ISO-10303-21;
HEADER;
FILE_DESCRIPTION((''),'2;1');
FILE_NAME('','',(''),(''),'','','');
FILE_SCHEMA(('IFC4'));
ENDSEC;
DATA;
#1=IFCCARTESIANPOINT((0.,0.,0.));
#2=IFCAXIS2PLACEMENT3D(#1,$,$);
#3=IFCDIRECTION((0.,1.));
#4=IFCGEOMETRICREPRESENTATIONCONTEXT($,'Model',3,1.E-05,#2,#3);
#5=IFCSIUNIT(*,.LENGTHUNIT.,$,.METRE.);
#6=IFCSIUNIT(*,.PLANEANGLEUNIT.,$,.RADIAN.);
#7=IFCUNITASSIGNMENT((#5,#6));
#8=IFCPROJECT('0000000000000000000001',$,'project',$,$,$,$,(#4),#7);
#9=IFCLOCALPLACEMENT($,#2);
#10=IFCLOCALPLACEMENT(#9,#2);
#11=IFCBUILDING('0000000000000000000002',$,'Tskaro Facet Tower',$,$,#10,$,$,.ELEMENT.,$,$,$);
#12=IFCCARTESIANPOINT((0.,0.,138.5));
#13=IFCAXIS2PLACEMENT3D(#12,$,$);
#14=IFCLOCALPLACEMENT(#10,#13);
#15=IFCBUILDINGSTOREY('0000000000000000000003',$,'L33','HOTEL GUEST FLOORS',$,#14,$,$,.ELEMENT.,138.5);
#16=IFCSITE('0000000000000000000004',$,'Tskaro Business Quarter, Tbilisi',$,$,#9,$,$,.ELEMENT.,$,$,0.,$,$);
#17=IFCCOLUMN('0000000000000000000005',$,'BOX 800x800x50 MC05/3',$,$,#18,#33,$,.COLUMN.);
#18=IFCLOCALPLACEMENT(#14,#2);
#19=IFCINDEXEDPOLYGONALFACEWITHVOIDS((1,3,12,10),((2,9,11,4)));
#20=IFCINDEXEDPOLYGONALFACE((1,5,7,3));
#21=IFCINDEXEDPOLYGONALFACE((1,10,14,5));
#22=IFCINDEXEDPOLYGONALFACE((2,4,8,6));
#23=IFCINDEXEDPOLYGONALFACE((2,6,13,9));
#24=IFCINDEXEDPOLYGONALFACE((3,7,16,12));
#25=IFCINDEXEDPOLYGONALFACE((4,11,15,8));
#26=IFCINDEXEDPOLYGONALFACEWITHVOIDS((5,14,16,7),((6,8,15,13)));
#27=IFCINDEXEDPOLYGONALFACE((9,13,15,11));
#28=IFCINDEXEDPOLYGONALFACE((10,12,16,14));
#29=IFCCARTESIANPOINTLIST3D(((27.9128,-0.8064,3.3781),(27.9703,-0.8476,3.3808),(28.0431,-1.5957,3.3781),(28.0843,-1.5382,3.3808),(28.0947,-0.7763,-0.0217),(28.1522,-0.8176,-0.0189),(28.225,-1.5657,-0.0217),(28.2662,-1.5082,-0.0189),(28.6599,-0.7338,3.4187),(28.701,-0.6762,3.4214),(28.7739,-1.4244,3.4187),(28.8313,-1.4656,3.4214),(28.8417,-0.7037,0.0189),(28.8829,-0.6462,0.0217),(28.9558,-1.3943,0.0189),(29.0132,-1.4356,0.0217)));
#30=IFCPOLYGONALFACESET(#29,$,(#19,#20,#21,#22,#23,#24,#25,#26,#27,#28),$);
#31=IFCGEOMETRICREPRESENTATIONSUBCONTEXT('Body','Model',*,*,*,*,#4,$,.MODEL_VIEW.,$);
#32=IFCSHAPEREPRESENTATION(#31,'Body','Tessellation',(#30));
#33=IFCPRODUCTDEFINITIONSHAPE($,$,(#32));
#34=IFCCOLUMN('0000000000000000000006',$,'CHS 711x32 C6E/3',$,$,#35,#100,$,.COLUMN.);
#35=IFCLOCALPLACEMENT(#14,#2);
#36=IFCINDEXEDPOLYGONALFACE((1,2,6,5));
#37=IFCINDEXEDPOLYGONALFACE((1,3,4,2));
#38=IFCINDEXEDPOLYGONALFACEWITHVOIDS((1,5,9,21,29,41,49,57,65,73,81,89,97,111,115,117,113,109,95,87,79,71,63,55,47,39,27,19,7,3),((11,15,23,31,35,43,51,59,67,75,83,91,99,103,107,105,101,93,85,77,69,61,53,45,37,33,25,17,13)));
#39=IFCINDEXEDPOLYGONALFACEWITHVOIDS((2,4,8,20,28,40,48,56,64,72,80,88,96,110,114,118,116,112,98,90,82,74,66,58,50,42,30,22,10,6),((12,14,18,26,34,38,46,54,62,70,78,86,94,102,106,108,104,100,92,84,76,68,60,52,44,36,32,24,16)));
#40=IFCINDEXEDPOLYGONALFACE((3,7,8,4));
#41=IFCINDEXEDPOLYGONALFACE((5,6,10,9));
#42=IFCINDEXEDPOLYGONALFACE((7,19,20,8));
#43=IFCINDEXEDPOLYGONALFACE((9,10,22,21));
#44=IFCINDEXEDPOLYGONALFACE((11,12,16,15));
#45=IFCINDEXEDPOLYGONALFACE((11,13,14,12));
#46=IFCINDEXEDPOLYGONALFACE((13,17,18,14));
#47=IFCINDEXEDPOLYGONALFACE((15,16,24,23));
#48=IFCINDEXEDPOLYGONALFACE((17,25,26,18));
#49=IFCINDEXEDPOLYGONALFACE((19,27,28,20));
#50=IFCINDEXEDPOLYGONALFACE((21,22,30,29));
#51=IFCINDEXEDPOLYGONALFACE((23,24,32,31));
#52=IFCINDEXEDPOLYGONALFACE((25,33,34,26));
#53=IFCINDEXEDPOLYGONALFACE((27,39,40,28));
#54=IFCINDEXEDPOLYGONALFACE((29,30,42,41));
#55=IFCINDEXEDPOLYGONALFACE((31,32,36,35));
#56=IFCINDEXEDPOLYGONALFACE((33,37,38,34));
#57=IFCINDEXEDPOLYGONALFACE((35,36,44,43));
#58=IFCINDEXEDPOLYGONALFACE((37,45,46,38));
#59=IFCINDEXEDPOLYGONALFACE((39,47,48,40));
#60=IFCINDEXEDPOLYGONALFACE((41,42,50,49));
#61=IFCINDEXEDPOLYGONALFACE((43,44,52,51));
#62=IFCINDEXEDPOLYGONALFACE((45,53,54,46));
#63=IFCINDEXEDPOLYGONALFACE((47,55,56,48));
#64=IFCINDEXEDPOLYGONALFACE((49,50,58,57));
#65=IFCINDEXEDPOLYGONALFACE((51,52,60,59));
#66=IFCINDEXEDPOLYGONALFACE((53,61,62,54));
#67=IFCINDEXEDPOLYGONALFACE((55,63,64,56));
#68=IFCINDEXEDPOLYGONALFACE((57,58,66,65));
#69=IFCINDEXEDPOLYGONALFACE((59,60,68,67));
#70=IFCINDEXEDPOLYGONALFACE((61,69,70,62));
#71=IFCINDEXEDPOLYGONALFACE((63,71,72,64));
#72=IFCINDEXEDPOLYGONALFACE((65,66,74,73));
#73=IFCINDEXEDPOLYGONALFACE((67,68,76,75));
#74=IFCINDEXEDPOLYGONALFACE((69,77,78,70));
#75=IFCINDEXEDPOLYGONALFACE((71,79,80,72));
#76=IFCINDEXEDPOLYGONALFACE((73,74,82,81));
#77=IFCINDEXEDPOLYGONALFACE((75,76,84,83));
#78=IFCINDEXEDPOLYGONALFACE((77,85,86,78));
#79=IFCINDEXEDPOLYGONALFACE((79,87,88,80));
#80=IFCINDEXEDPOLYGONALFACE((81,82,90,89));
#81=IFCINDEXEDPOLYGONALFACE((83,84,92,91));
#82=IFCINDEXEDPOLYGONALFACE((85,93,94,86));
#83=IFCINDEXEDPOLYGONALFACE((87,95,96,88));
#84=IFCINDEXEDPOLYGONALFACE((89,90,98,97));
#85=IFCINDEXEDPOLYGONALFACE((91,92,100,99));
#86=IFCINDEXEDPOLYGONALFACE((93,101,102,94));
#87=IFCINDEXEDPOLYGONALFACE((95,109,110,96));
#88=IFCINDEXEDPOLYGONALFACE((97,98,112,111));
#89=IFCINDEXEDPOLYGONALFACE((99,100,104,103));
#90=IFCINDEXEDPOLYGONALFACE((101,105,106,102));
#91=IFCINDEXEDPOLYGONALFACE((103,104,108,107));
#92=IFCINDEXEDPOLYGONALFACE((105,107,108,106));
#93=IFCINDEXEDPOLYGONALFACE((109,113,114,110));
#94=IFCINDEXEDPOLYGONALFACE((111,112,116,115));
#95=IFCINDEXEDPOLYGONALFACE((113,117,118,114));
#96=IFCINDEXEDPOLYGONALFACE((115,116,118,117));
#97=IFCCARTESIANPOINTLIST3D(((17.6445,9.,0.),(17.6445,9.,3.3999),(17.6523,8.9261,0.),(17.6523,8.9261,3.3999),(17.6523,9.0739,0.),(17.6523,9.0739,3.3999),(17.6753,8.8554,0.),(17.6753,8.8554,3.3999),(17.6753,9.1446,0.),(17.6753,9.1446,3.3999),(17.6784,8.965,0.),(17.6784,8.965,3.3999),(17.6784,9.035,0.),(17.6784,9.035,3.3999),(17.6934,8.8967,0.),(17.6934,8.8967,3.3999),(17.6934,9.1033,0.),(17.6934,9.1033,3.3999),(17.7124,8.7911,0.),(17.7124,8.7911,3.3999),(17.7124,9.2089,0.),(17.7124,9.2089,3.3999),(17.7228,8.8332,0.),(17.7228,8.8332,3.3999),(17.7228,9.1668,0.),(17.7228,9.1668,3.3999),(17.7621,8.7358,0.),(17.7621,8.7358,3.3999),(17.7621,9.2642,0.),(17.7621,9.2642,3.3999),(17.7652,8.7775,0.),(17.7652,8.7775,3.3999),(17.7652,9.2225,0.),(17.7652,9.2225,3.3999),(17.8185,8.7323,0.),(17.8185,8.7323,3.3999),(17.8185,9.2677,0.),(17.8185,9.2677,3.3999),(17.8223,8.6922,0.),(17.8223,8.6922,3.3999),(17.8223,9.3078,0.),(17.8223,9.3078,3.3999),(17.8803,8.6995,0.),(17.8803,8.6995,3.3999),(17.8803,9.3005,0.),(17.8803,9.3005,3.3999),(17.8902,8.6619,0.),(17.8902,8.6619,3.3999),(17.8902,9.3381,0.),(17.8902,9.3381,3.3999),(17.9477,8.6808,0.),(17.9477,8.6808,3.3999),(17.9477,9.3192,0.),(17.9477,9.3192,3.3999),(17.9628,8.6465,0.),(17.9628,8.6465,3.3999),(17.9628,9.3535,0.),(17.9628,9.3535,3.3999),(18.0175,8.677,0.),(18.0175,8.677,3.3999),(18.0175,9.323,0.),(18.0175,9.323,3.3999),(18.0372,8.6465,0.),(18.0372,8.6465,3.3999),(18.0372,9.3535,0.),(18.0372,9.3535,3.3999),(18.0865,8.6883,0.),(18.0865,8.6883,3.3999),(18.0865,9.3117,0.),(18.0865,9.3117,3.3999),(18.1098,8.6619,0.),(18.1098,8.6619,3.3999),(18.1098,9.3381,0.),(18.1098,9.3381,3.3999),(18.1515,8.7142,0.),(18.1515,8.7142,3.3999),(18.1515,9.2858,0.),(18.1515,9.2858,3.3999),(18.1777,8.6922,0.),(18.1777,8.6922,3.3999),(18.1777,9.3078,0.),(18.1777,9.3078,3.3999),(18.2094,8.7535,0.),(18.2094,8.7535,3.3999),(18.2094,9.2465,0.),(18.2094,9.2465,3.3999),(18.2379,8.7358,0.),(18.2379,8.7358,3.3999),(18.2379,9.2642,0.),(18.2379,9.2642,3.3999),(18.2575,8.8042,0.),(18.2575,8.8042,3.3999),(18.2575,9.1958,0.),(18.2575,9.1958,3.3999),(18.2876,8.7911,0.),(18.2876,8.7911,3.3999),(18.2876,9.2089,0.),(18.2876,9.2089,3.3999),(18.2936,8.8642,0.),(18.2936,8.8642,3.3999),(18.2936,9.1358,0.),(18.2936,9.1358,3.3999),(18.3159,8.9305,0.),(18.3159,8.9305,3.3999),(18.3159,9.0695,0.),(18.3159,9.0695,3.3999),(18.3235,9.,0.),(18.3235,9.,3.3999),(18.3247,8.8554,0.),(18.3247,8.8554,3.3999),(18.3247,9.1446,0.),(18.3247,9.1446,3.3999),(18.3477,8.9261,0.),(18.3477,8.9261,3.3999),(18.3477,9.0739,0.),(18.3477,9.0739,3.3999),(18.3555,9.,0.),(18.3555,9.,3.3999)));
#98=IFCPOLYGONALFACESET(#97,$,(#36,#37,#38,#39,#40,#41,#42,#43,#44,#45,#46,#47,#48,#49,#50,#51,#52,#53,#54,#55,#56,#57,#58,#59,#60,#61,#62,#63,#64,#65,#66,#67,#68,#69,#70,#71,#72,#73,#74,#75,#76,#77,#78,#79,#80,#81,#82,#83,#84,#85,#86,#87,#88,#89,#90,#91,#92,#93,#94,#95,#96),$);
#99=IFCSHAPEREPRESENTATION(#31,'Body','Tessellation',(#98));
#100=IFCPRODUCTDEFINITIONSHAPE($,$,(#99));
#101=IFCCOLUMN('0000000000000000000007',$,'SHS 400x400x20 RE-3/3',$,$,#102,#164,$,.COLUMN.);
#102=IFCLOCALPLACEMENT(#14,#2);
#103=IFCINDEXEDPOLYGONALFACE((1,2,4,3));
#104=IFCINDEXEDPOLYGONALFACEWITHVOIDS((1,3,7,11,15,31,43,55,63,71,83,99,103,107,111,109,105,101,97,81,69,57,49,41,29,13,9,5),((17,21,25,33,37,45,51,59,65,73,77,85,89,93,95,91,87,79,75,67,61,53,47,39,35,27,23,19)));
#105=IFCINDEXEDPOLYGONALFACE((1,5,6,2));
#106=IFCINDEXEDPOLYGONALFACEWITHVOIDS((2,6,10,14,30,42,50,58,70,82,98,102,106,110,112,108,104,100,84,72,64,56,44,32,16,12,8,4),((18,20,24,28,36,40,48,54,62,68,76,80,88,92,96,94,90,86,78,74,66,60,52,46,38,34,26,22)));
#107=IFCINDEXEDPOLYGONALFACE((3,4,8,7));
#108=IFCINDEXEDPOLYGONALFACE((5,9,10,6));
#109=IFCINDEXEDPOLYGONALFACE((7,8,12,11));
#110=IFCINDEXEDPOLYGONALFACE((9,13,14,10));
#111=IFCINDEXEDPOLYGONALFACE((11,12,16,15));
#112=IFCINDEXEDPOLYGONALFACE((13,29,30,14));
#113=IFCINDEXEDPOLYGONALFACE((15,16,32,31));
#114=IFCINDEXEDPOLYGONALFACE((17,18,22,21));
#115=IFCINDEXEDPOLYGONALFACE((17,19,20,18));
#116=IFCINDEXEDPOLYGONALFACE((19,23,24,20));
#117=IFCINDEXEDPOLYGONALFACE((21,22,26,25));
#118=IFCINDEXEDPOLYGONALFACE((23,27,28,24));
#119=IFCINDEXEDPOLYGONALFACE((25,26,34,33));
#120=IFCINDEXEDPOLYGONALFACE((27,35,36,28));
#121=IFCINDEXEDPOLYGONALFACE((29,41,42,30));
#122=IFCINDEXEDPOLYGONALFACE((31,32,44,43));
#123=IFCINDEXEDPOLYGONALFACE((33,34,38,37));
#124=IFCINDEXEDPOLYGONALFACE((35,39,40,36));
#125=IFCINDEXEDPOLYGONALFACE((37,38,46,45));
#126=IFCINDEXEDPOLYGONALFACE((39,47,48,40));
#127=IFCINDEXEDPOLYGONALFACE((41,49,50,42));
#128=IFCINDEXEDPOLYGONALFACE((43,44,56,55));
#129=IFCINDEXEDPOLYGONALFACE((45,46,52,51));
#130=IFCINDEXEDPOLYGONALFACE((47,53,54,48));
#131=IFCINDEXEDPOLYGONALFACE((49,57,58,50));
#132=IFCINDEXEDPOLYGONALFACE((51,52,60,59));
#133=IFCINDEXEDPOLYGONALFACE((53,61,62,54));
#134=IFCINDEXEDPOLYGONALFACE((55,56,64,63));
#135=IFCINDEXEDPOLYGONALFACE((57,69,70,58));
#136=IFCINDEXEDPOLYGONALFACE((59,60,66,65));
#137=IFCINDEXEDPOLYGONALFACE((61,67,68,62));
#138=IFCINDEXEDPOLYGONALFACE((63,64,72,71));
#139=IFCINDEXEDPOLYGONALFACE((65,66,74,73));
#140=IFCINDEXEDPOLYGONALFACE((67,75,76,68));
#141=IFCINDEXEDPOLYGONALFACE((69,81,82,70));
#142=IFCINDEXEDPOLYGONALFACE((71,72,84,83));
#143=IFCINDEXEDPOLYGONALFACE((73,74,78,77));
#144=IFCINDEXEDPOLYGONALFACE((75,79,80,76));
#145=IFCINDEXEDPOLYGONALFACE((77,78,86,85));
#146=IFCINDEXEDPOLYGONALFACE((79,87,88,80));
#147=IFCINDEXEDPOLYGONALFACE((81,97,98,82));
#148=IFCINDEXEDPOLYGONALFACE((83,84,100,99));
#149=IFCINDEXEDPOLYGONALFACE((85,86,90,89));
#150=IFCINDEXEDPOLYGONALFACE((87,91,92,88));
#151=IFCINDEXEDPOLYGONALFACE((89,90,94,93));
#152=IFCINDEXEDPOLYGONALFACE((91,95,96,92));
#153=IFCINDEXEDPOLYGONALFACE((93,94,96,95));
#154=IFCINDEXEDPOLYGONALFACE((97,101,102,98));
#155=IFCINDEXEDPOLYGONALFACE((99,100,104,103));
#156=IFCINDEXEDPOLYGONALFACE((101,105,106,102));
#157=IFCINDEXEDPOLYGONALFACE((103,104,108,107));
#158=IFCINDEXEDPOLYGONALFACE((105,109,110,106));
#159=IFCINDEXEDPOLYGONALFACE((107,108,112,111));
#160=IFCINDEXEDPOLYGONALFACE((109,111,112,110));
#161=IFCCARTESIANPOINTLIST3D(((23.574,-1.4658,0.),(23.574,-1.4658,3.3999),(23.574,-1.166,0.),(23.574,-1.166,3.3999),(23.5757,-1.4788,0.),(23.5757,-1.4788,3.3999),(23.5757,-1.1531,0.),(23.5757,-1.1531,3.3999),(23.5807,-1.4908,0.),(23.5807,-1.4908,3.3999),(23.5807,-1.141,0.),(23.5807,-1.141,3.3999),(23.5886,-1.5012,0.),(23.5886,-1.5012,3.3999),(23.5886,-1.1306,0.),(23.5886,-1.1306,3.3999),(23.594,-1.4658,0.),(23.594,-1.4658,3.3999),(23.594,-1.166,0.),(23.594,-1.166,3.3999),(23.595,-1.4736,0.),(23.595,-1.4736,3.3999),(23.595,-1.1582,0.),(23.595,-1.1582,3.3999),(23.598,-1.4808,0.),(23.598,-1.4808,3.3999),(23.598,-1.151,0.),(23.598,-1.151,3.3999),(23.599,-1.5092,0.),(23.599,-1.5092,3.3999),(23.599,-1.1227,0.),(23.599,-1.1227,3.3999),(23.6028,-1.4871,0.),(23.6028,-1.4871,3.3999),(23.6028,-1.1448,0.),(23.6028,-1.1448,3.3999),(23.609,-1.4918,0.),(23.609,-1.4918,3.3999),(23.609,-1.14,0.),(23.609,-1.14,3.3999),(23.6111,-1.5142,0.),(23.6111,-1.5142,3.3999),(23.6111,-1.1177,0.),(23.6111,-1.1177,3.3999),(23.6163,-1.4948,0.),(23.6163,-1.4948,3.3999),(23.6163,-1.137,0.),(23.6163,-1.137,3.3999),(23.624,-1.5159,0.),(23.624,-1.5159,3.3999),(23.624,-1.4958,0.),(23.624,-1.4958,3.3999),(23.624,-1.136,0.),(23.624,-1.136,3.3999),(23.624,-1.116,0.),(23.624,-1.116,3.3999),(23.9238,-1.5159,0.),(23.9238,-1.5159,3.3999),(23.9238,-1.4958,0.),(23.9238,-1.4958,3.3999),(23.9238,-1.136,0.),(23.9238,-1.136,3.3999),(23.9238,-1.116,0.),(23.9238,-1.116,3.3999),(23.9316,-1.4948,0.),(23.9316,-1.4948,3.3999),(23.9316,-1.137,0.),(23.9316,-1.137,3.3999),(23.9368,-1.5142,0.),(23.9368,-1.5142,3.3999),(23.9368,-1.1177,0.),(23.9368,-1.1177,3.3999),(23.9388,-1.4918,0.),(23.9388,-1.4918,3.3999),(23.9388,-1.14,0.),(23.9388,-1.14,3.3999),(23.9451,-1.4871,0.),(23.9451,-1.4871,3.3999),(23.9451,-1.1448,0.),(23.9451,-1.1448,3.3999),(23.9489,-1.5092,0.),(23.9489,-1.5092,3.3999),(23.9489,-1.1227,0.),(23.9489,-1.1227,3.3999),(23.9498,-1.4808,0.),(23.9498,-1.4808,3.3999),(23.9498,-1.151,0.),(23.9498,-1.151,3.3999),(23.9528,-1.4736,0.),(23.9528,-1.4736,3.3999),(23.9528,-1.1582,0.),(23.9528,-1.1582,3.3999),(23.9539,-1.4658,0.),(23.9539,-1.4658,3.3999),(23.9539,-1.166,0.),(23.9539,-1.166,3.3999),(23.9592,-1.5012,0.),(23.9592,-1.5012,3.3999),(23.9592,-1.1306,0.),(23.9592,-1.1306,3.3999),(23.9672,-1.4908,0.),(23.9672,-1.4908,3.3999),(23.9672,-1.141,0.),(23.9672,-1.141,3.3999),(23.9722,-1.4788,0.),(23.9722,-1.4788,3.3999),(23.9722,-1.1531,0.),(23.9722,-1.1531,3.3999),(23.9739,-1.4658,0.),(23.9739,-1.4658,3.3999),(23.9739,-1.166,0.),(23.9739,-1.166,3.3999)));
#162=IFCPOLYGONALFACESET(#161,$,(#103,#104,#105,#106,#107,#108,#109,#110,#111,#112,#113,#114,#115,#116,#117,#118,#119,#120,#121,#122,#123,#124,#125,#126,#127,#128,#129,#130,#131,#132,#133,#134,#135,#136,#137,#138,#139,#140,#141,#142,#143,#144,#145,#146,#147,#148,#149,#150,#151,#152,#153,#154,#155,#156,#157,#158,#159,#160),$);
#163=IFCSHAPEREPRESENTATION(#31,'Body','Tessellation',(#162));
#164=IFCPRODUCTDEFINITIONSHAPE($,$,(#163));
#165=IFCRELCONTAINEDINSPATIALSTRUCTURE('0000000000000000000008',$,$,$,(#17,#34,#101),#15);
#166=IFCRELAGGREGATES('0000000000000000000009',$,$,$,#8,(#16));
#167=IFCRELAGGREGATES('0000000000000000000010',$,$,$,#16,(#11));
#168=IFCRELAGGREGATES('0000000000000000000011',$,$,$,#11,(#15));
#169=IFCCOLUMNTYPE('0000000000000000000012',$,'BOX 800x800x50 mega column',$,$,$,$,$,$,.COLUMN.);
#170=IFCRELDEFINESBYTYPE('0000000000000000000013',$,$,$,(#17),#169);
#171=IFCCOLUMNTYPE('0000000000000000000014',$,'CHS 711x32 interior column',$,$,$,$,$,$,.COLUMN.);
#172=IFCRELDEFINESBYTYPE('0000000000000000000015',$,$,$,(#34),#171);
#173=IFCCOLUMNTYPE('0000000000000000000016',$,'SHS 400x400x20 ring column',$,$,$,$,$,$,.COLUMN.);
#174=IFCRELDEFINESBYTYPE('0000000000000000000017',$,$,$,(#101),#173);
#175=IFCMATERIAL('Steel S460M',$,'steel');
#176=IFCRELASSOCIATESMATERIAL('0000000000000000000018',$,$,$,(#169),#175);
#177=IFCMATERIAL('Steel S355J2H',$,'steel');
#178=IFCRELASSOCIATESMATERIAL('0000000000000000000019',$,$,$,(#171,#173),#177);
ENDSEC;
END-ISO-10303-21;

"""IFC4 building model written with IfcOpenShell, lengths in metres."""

from ifc_helpers import new_model, si_unit, direction, frame, origin, origin_2d, place, context, subcontext, project, spatial, hollow_rectangle, hollow_circle, extrude, material, material_profile, profile_set, type_object, element, save


model = new_model("IFC4")

# Units and contexts
model_context = context("Model", 3, precision=1e-05, world=origin(), true_north=direction((0.0, 1.0)))
body_context = subcontext(model_context, "Body", "Model", "MODEL_VIEW")
ifc_project = project(units=[si_unit("LENGTHUNIT", "METRE"), si_unit("PLANEANGLEUNIT", "RADIAN")], contexts=[model_context])

# Site, building, storey
site_placement = place(None, origin())
site = spatial("IfcSite", under=ifc_project, at=site_placement, Name="Tskaro Business Quarter, Tbilisi", CompositionType="ELEMENT", RefElevation=0.0)
building_placement = place(site_placement, origin())
building = spatial("IfcBuilding", under=site, at=building_placement, Name="Tskaro Facet Tower", CompositionType="ELEMENT")
storey_placement = place(building_placement, frame((0.0, 0.0, 138.5)))
storey = spatial("IfcBuildingStorey", under=building, at=storey_placement, Name="L33", Description="HOTEL GUEST FLOORS", CompositionType="ELEMENT", Elevation=138.5)

# Columns
ifc_material_1 = material(Name="Steel S460M", Category="steel")
ifc_material_profile_1 = material_profile(ifc_material_1, hollow_rectangle(XDim=0.8, YDim=0.8, WallThickness=0.05, at=origin_2d()), Name="BOX 800x800x50")
ifc_profile_set_1 = profile_set([ifc_material_profile_1], Name="Steel S460M")
column_type_1 = type_object("IfcColumnType", Name="BOX 800x800x50 mega column", PredefinedType="COLUMN", material=ifc_profile_set_1)
column_1_placement = place(storey_placement, frame((28.554, -1.106, 0.0), z_axis=(-0.053419, -0.008819, 0.998533), x_axis=(0.162895, -0.986643, 0.0)))
element("IfcColumn", 1, at=column_1_placement, inside=storey, type_object=column_type_1, Name="BOX 800x800x50 MC05/3", PredefinedType="COLUMN", context=body_context, shape_type="SweptSolid", body=[
    extrude(hollow_rectangle(XDim=0.8, YDim=0.8, WallThickness=0.05, at=origin_2d()), origin(), (0.0, 0.0, 1.0), 3.4048),
])
ifc_material_2 = material(Name="Steel S355J2H", Category="steel")
ifc_material_profile_2 = material_profile(ifc_material_2, hollow_circle(Radius=0.3555, WallThickness=0.032, at=origin_2d()), Name="CHS 711x32")
ifc_profile_set_2 = profile_set([ifc_material_profile_2], Name="Steel S355J2H")
column_type_2 = type_object("IfcColumnType", Name="CHS 711x32 interior column", PredefinedType="COLUMN", material=ifc_profile_set_2)
column_2_placement = place(storey_placement, frame((18.0, 9.0, 0.0), z_axis=(0.0, 0.0, 1.0), x_axis=(1.0, 0.0, 0.0)))
element("IfcColumn", 2, at=column_2_placement, inside=storey, type_object=column_type_2, Name="CHS 711x32 C6E/3", PredefinedType="COLUMN", context=body_context, shape_type="SweptSolid", body=[
    extrude(hollow_circle(Radius=0.3555, WallThickness=0.032, at=origin_2d()), origin(), (0.0, 0.0, 1.0), 3.3999),
])
ifc_material_profile_3 = material_profile(ifc_material_2, hollow_rectangle(XDim=0.3999, YDim=0.3999, WallThickness=0.02, InnerFilletRadius=0.03, OuterFilletRadius=0.05, at=origin_2d()), Name="SHS 400x400x20")
ifc_profile_set_3 = profile_set([ifc_material_profile_3], Name="Steel S355J2H")
column_type_3 = type_object("IfcColumnType", Name="SHS 400x400x20 ring column", PredefinedType="COLUMN", material=ifc_profile_set_3)
for number, where, z_axis, x_axis, name in (
    (3, (23.7739, -1.3159, 0.0), (0.0, 0.0, 1.0), (1.0, 0.0, 0.0), "SHS 400x400x20 RE-3/3"),
):
    element("IfcColumn", number, at=place(storey_placement, frame(where, z_axis=z_axis, x_axis=x_axis)), inside=storey, type_object=column_type_3, Name=name, PredefinedType="COLUMN", context=body_context, shape_type="SweptSolid", body=[
        extrude(hollow_rectangle(XDim=0.3999, YDim=0.3999, WallThickness=0.02, InnerFilletRadius=0.03, OuterFilletRadius=0.05, at=origin_2d()), origin(), (0.0, 0.0, 1.0), 3.3999),
    ])

save(model, "model.ifc")
